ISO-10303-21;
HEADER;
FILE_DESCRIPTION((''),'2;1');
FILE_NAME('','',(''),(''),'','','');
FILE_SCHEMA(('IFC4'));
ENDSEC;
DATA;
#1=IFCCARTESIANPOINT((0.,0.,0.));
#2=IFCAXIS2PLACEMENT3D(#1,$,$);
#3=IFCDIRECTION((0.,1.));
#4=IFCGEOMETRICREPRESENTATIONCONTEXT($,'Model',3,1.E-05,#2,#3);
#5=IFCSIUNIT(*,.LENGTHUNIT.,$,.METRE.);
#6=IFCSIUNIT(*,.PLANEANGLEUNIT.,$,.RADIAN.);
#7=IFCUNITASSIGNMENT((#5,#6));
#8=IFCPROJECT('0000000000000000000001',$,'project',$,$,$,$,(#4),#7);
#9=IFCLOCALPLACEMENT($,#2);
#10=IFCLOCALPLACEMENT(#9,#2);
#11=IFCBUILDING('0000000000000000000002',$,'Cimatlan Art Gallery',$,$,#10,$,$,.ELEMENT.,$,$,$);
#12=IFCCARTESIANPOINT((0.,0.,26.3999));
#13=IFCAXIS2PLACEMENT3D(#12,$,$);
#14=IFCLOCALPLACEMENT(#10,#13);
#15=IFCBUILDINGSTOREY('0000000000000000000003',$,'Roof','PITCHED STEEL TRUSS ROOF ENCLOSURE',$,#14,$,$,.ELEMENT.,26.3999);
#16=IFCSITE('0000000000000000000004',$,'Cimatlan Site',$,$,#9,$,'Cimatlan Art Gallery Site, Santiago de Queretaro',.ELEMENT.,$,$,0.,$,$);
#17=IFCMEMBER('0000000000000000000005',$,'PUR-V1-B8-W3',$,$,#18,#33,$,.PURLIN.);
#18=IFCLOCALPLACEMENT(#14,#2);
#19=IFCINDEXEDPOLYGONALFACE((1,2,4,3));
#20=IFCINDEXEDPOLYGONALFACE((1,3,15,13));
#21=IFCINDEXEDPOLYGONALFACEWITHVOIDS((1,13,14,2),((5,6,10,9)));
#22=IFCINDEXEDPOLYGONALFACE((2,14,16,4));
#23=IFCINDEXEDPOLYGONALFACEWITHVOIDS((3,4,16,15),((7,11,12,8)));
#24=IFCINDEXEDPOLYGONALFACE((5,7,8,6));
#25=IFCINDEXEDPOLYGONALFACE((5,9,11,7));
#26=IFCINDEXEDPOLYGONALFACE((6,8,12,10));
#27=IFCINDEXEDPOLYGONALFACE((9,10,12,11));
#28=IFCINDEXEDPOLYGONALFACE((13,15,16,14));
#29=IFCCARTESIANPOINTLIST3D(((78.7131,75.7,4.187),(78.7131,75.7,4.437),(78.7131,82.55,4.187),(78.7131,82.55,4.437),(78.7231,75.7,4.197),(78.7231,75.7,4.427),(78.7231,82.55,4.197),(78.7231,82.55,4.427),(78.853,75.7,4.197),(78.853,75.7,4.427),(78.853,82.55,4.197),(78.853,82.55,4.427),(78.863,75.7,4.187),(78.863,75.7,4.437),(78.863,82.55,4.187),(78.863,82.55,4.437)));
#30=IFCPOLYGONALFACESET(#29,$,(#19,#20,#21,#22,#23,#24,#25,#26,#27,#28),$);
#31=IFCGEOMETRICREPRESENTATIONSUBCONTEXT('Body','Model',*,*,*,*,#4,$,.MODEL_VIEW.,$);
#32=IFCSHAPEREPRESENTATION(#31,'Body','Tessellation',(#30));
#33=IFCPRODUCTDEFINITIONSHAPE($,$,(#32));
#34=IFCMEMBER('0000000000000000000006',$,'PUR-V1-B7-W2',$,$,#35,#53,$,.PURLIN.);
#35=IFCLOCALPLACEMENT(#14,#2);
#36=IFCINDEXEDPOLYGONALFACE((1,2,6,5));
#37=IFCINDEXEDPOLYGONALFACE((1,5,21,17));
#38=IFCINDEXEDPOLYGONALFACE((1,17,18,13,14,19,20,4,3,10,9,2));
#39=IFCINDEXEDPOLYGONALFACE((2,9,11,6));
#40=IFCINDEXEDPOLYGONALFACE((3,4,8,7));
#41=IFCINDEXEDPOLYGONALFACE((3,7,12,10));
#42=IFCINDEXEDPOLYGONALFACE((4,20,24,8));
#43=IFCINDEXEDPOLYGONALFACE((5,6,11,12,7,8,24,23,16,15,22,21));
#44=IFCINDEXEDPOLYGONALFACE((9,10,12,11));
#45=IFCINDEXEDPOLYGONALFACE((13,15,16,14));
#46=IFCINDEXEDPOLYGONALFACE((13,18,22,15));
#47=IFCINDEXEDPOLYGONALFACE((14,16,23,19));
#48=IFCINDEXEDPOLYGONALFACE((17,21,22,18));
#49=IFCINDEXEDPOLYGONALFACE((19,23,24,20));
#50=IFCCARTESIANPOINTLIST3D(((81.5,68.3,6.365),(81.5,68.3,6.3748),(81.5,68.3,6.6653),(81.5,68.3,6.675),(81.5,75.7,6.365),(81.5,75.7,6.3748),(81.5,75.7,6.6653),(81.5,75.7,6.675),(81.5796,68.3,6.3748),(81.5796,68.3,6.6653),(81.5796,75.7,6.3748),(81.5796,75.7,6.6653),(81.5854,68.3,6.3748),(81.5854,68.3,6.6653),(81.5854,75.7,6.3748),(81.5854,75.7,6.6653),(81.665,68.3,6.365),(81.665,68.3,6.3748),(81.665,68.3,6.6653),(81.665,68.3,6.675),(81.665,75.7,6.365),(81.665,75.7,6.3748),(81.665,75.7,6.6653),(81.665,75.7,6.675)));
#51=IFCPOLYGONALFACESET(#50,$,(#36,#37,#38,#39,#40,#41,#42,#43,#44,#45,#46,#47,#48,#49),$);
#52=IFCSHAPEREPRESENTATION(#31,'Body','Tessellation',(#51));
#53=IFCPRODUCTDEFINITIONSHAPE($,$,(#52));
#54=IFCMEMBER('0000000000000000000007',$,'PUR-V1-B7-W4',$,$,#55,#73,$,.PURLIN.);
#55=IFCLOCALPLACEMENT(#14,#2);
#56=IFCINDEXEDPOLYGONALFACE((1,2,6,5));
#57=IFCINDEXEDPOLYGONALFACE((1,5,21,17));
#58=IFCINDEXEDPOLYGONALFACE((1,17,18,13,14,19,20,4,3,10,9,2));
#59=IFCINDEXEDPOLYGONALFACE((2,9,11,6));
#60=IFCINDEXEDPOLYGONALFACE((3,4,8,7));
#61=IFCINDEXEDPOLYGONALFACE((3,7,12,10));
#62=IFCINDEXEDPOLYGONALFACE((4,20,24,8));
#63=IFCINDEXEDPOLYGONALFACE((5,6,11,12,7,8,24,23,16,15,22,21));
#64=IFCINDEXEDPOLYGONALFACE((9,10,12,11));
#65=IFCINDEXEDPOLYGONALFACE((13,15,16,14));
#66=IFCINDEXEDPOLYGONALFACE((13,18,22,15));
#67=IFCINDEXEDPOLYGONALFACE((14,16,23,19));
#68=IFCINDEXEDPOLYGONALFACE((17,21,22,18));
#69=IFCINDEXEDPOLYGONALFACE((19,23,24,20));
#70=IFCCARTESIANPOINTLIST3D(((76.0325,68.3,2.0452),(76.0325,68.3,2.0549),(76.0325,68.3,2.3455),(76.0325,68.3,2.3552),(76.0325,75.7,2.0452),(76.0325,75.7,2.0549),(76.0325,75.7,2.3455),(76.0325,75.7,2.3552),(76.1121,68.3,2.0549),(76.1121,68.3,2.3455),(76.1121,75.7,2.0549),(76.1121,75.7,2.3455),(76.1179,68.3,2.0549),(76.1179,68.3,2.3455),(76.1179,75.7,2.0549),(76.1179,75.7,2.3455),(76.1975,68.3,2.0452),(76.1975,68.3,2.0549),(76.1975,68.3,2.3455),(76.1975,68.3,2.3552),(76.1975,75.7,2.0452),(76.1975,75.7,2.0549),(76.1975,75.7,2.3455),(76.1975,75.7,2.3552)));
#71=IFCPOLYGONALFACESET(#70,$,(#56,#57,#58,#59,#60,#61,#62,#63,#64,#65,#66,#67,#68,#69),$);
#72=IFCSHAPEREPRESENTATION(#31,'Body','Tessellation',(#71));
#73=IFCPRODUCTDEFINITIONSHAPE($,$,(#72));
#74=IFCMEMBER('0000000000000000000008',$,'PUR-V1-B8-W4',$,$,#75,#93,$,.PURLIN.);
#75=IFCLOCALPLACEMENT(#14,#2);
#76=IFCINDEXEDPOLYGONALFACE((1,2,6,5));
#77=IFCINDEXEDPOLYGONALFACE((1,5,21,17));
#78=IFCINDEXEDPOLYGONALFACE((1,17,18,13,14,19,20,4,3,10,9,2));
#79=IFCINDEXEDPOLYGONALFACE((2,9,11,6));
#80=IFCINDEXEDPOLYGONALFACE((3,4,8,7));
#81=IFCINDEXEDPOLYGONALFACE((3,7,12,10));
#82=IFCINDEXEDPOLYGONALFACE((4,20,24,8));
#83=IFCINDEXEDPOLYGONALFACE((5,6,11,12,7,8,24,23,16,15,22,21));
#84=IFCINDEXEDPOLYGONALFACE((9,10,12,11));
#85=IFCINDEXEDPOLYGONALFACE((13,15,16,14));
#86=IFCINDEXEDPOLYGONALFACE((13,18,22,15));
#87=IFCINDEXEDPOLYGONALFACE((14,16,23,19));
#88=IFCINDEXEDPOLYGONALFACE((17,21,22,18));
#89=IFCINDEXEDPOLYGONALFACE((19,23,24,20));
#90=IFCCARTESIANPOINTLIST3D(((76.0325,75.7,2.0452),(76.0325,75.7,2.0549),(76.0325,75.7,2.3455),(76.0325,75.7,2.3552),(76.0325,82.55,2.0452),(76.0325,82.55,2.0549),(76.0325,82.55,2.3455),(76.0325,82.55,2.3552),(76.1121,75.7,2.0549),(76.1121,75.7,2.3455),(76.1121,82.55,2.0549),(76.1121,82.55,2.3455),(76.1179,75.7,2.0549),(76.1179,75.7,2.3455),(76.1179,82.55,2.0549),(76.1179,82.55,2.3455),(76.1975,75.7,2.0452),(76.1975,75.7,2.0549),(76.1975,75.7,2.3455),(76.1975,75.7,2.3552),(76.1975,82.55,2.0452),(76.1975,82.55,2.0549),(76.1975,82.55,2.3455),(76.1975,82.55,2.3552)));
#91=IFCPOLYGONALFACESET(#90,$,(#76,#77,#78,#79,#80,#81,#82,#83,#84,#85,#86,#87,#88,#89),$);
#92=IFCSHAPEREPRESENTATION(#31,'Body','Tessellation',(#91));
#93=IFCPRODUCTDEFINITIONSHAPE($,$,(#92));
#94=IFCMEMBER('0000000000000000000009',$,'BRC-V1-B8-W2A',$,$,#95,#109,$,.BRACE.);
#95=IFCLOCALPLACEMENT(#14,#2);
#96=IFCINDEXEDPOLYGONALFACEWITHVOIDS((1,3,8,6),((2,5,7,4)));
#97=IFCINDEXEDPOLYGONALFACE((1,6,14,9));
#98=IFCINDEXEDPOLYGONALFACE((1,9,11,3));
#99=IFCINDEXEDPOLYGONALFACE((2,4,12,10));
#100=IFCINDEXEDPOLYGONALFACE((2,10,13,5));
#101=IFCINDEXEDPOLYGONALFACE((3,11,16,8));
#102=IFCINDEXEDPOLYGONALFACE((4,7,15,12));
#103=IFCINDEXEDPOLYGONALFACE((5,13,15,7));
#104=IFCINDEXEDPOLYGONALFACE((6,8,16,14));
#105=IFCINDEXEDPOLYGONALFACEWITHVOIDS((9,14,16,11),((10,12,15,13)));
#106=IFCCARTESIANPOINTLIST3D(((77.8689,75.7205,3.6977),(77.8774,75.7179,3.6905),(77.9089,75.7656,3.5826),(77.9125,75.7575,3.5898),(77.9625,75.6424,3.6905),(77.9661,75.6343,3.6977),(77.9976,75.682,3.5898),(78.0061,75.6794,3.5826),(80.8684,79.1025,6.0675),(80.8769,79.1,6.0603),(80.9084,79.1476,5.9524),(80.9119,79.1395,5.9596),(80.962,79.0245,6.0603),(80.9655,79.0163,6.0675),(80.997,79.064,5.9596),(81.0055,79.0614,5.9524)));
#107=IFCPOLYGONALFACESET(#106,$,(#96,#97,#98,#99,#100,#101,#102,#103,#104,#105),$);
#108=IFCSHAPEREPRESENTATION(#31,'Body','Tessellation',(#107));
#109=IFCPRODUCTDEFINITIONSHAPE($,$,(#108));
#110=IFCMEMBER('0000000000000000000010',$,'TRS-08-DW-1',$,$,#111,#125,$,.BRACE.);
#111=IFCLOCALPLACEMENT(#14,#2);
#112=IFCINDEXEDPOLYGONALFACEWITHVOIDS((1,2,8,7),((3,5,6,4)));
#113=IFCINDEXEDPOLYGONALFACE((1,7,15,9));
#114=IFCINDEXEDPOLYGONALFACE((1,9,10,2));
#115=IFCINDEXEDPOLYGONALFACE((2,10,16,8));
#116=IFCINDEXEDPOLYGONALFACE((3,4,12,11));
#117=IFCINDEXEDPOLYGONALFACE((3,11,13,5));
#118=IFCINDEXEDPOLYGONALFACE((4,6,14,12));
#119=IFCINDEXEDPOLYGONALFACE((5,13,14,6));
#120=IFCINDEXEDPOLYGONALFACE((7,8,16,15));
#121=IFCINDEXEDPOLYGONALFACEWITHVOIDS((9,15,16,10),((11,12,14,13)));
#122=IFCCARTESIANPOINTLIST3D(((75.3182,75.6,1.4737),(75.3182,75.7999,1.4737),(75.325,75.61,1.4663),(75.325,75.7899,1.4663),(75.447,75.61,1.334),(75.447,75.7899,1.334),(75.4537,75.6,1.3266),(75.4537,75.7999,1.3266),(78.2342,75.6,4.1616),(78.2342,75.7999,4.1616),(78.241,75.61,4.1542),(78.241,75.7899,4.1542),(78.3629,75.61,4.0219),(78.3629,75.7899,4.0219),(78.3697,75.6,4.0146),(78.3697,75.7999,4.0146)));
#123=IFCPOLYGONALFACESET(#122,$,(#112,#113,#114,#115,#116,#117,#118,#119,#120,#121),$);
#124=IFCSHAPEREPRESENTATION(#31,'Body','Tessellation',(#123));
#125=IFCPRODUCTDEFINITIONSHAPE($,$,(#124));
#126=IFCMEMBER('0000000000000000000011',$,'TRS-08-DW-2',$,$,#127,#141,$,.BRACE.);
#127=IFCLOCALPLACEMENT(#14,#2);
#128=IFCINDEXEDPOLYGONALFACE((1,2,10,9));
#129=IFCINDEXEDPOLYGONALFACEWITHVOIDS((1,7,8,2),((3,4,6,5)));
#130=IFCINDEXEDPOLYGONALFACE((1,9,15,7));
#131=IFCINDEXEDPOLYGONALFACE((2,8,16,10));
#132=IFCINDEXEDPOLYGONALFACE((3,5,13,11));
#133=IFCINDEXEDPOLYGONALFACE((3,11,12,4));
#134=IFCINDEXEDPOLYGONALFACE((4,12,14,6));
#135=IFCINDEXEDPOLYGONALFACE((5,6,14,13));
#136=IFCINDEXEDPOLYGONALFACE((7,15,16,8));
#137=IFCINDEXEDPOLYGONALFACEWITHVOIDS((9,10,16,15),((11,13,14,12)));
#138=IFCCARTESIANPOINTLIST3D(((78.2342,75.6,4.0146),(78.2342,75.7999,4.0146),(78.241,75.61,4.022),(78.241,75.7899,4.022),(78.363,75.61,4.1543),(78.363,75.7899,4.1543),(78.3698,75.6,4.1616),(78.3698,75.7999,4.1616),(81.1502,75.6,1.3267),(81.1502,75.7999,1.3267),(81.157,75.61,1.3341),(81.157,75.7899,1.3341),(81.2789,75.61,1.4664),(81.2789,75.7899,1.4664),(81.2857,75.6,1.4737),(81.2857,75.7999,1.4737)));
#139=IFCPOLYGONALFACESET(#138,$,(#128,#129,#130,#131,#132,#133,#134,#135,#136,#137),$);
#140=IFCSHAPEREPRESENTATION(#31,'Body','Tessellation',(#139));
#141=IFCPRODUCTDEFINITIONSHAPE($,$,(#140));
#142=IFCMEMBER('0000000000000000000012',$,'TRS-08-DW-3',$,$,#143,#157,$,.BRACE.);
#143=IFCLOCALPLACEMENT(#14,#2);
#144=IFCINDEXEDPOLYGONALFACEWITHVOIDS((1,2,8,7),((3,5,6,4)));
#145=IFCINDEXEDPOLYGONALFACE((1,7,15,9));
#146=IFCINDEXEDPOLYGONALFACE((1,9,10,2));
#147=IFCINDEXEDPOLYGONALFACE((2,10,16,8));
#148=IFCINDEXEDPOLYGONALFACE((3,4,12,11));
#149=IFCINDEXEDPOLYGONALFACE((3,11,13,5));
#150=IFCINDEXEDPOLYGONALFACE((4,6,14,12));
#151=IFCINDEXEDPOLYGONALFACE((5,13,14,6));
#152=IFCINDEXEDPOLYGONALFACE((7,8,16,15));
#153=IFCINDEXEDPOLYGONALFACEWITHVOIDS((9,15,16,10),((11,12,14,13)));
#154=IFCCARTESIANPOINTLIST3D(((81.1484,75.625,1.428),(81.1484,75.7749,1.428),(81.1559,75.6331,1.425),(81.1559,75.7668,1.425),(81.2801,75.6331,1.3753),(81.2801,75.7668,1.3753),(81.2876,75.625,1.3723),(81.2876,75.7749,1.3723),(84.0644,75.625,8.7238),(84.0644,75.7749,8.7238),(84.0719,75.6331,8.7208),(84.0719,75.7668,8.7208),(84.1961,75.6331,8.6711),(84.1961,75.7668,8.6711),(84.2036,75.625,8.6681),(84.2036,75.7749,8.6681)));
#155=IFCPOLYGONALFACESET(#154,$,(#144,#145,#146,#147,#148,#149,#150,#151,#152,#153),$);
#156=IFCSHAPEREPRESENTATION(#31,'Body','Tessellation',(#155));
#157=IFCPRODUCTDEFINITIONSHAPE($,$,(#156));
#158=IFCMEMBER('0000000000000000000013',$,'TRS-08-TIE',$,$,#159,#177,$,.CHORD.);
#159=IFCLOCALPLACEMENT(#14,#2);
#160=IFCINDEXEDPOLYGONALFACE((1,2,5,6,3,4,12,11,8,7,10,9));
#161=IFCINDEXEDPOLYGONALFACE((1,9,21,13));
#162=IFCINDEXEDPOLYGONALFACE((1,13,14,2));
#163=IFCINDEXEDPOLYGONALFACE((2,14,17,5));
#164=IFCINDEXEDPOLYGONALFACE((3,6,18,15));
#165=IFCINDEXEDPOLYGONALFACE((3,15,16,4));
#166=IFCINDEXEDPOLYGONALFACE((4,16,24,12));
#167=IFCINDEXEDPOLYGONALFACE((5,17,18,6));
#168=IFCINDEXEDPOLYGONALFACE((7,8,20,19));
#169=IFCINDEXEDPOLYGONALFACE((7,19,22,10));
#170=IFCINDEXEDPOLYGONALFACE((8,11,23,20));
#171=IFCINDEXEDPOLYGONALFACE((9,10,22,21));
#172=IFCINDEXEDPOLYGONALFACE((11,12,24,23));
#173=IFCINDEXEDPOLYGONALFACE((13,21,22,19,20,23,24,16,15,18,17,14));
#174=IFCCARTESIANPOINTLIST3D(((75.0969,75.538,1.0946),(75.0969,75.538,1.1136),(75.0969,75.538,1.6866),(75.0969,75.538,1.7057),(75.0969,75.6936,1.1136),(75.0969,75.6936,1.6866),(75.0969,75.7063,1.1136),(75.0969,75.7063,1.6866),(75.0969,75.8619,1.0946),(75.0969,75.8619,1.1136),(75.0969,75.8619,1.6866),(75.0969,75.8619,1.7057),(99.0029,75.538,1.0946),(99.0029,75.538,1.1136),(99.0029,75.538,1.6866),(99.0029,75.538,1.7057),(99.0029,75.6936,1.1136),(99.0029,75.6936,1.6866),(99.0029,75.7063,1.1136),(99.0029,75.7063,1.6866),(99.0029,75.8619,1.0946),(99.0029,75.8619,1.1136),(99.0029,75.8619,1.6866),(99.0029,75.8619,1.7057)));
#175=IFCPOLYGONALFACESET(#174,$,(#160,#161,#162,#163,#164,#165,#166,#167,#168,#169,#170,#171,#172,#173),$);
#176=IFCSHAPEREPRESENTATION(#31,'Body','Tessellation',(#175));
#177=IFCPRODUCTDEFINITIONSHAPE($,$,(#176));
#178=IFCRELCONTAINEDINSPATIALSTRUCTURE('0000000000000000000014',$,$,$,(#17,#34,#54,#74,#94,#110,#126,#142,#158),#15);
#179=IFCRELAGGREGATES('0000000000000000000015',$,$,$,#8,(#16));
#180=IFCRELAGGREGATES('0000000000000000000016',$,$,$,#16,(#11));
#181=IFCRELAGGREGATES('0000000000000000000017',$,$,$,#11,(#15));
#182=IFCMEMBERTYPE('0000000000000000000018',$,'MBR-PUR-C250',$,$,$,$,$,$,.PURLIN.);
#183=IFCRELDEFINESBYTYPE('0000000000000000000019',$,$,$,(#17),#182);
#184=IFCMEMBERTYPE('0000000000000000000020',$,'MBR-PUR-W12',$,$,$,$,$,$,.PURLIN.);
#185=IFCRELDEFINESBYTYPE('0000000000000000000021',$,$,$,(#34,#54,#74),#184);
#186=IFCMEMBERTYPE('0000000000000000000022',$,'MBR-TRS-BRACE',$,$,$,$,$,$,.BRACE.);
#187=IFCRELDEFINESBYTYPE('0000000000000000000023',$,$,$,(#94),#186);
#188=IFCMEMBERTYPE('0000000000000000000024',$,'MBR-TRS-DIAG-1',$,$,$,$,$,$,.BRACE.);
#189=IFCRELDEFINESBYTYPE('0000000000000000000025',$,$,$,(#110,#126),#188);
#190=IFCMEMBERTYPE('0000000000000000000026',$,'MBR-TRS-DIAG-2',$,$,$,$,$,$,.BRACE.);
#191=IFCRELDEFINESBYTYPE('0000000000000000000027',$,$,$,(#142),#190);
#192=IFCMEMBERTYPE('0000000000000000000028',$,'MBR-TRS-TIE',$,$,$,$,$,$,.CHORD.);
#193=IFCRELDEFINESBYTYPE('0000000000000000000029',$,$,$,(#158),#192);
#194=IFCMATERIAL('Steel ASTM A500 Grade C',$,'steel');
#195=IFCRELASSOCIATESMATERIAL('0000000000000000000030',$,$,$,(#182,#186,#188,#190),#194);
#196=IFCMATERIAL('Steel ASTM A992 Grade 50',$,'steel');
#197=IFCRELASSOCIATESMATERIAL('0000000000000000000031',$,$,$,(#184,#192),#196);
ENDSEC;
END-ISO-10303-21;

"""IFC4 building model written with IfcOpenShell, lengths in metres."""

from ifc_helpers import new_model, si_unit, direction, frame, origin, origin_2d, place, context, subcontext, project, spatial, hollow_rectangle, i_section, extrude, material, material_profile, profile_set, type_object, element, save


model = new_model("IFC4")

# Units and contexts
model_context = context("Model", 3, precision=1e-05, world=origin(), true_north=direction((0.0, 1.0)))
body_context = subcontext(model_context, "Body", "Model", "MODEL_VIEW")
ifc_project = project(units=[si_unit("LENGTHUNIT", "METRE"), si_unit("PLANEANGLEUNIT", "RADIAN")], contexts=[model_context])

# Site, building, storey
site_placement = place(None, origin())
site = spatial("IfcSite", under=ifc_project, at=site_placement, Name="Cimatlan Site", LongName="Cimatlan Art Gallery Site, Santiago de Queretaro", CompositionType="ELEMENT", RefElevation=0.0)
building_placement = place(site_placement, origin())
building = spatial("IfcBuilding", under=site, at=building_placement, Name="Cimatlan Art Gallery", CompositionType="ELEMENT")
storey_placement = place(building_placement, frame((0.0, 0.0, 26.3999)))
storey = spatial("IfcBuildingStorey", under=building, at=storey_placement, Name="Roof", Description="PITCHED STEEL TRUSS ROOF ENCLOSURE", CompositionType="ELEMENT", Elevation=26.3999)

# Shared definitions
ifc_material_1 = material(Name="Steel ASTM A992 Grade 50", Category="steel")

# Members
ifc_material_2 = material(Name="Steel ASTM A500 Grade C", Category="steel")
ifc_material_profile_1 = material_profile(ifc_material_2, hollow_rectangle(XDim=0.1499, YDim=0.25, WallThickness=0.01, at=origin_2d()), Name="HSS250X150X10")
ifc_profile_set_1 = profile_set([ifc_material_profile_1], Name="Steel ASTM A500 Grade C")
member_type_1 = type_object("IfcMemberType", Name="MBR-PUR-C250", PredefinedType="PURLIN", material=ifc_profile_set_1)
member_1_placement = place(storey_placement, frame((78.7881, 75.7, 4.312), z_axis=(0.0, 1.0, 0.0), x_axis=(-1.0, 0.0, 0.0)))
element("IfcMember", 1, at=member_1_placement, inside=storey, type_object=member_type_1, Name="PUR-V1-B8-W3", PredefinedType="PURLIN", context=body_context, shape_type="SweptSolid", body=[
    extrude(hollow_rectangle(XDim=0.1499, YDim=0.25, WallThickness=0.01, at=origin_2d()), origin(), (0.0, 0.0, 1.0), 6.8501),
])
ifc_material_profile_2 = material_profile(ifc_material_1, i_section(OverallWidth=0.165, OverallDepth=0.3101, WebThickness=0.0059, FlangeThickness=0.0098, at=origin_2d()), Name="W12X26")
ifc_profile_set_2 = profile_set([ifc_material_profile_2], Name="Steel ASTM A992 Grade 50")
member_type_2 = type_object("IfcMemberType", Name="MBR-PUR-W12", PredefinedType="PURLIN", material=ifc_profile_set_2)
for number, where, z_axis, x_axis, name in (
    (2, (81.5825, 68.3, 6.52), (0.0, 1.0, 0.0), (-1.0, 0.0, 0.0), "PUR-V1-B7-W2"),
    (3, (76.115, 68.3, 2.2002), (0.0, 1.0, 0.0), (-1.0, 0.0, 0.0), "PUR-V1-B7-W4"),
):
    element("IfcMember", number, at=place(storey_placement, frame(where, z_axis=z_axis, x_axis=x_axis)), inside=storey, type_object=member_type_2, Name=name, PredefinedType="PURLIN", context=body_context, shape_type="SweptSolid", body=[
        extrude(i_section(OverallWidth=0.165, OverallDepth=0.3101, WebThickness=0.0059, FlangeThickness=0.0098, at=origin_2d()), origin(), (0.0, 0.0, 1.0), 7.3999),
    ])
member_2_placement = place(storey_placement, frame((76.115, 75.7, 2.2002), z_axis=(0.0, 1.0, 0.0), x_axis=(-1.0, 0.0, 0.0)))
element("IfcMember", 4, at=member_2_placement, inside=storey, type_object=member_type_2, Name="PUR-V1-B8-W4", PredefinedType="PURLIN", context=body_context, shape_type="SweptSolid", body=[
    extrude(i_section(OverallWidth=0.165, OverallDepth=0.3101, WebThickness=0.0059, FlangeThickness=0.0098, at=origin_2d()), origin(), (0.0, 0.0, 1.0), 6.8501),
])
ifc_material_profile_3 = material_profile(ifc_material_2, hollow_rectangle(XDim=0.1299, YDim=0.1299, WallThickness=0.0081, at=origin_2d()), Name="HSS130X130X8")
ifc_profile_set_3 = profile_set([ifc_material_profile_3], Name="Steel ASTM A500 Grade C")
member_type_3 = type_object("IfcMemberType", Name="MBR-TRS-BRACE", PredefinedType="BRACE", material=ifc_profile_set_3)
member_3_placement = place(storey_placement, frame((77.9375, 75.7, 3.6401), z_axis=(0.587667, 0.66262, 0.464308), x_axis=(-0.748154, 0.663525, 0.0)))
element("IfcMember", 5, at=member_3_placement, inside=storey, type_object=member_type_3, Name="BRC-V1-B8-W2A", PredefinedType="BRACE", context=body_context, shape_type="SweptSolid", body=[
    extrude(hollow_rectangle(XDim=0.1299, YDim=0.1299, WallThickness=0.0081, at=origin_2d()), origin(), (0.0, 0.0, 1.0), 5.104),
])
ifc_material_profile_4 = material_profile(ifc_material_2, hollow_rectangle(XDim=0.2, YDim=0.2, WallThickness=0.01, at=origin_2d()), Name="HSS200X200X10")
ifc_profile_set_4 = profile_set([ifc_material_profile_4], Name="Steel ASTM A500 Grade C")
member_type_4 = type_object("IfcMemberType", Name="MBR-TRS-DIAG-1", PredefinedType="BRACE", material=ifc_profile_set_4)
for number, where, z_axis, x_axis, name in (
    (6, (75.386, 75.7, 1.4001), (0.735271, 0.0, 0.677774), (0.0, 1.0, 0.0), "TRS-08-DW-1"),
    (7, (78.302, 75.7, 4.0881), (0.735271, 0.0, -0.677774), (0.0, 1.0, 0.0), "TRS-08-DW-2"),
):
    element("IfcMember", number, at=place(storey_placement, frame(where, z_axis=z_axis, x_axis=x_axis)), inside=storey, type_object=member_type_4, Name=name, PredefinedType="BRACE", context=body_context, shape_type="SweptSolid", body=[
        extrude(hollow_rectangle(XDim=0.2, YDim=0.2, WallThickness=0.01, at=origin_2d()), origin(), (0.0, 0.0, 1.0), 3.9658),
    ])
ifc_material_profile_5 = material_profile(ifc_material_2, hollow_rectangle(XDim=0.1499, YDim=0.1499, WallThickness=0.0081, at=origin_2d()), Name="HSS150X150X8")
ifc_profile_set_5 = profile_set([ifc_material_profile_5], Name="Steel ASTM A500 Grade C")
member_type_5 = type_object("IfcMemberType", Name="MBR-TRS-DIAG-2", PredefinedType="BRACE", material=ifc_profile_set_5)
member_4_placement = place(storey_placement, frame((81.218, 75.7, 1.4001), z_axis=(0.371134, 0.0, 0.92858), x_axis=(0.0, 1.0, 0.0)))
element("IfcMember", 8, at=member_4_placement, inside=storey, type_object=member_type_5, Name="TRS-08-DW-3", PredefinedType="BRACE", context=body_context, shape_type="SweptSolid", body=[
    extrude(hollow_rectangle(XDim=0.1499, YDim=0.1499, WallThickness=0.0081, at=origin_2d()), origin(), (0.0, 0.0, 1.0), 7.8569),
])
ifc_material_profile_6 = material_profile(ifc_material_1, i_section(OverallWidth=0.324, OverallDepth=0.6111, WebThickness=0.0127, FlangeThickness=0.019, at=origin_2d()), Name="W24X104")
ifc_profile_set_6 = profile_set([ifc_material_profile_6], Name="Steel ASTM A992 Grade 50")
member_type_6 = type_object("IfcMemberType", Name="MBR-TRS-TIE", PredefinedType="CHORD", material=ifc_profile_set_6)
member_5_placement = place(storey_placement, frame((75.0969, 75.7, 1.4001), z_axis=(1.0, 0.0, 0.0), x_axis=(0.0, 1.0, 0.0)))
element("IfcMember", 9, at=member_5_placement, inside=storey, type_object=member_type_6, Name="TRS-08-TIE", PredefinedType="CHORD", context=body_context, shape_type="SweptSolid", body=[
    extrude(i_section(OverallWidth=0.324, OverallDepth=0.6111, WebThickness=0.0127, FlangeThickness=0.019, at=origin_2d()), origin(), (0.0, 0.0, 1.0), 23.906),
])

save(model, "model.ifc")
